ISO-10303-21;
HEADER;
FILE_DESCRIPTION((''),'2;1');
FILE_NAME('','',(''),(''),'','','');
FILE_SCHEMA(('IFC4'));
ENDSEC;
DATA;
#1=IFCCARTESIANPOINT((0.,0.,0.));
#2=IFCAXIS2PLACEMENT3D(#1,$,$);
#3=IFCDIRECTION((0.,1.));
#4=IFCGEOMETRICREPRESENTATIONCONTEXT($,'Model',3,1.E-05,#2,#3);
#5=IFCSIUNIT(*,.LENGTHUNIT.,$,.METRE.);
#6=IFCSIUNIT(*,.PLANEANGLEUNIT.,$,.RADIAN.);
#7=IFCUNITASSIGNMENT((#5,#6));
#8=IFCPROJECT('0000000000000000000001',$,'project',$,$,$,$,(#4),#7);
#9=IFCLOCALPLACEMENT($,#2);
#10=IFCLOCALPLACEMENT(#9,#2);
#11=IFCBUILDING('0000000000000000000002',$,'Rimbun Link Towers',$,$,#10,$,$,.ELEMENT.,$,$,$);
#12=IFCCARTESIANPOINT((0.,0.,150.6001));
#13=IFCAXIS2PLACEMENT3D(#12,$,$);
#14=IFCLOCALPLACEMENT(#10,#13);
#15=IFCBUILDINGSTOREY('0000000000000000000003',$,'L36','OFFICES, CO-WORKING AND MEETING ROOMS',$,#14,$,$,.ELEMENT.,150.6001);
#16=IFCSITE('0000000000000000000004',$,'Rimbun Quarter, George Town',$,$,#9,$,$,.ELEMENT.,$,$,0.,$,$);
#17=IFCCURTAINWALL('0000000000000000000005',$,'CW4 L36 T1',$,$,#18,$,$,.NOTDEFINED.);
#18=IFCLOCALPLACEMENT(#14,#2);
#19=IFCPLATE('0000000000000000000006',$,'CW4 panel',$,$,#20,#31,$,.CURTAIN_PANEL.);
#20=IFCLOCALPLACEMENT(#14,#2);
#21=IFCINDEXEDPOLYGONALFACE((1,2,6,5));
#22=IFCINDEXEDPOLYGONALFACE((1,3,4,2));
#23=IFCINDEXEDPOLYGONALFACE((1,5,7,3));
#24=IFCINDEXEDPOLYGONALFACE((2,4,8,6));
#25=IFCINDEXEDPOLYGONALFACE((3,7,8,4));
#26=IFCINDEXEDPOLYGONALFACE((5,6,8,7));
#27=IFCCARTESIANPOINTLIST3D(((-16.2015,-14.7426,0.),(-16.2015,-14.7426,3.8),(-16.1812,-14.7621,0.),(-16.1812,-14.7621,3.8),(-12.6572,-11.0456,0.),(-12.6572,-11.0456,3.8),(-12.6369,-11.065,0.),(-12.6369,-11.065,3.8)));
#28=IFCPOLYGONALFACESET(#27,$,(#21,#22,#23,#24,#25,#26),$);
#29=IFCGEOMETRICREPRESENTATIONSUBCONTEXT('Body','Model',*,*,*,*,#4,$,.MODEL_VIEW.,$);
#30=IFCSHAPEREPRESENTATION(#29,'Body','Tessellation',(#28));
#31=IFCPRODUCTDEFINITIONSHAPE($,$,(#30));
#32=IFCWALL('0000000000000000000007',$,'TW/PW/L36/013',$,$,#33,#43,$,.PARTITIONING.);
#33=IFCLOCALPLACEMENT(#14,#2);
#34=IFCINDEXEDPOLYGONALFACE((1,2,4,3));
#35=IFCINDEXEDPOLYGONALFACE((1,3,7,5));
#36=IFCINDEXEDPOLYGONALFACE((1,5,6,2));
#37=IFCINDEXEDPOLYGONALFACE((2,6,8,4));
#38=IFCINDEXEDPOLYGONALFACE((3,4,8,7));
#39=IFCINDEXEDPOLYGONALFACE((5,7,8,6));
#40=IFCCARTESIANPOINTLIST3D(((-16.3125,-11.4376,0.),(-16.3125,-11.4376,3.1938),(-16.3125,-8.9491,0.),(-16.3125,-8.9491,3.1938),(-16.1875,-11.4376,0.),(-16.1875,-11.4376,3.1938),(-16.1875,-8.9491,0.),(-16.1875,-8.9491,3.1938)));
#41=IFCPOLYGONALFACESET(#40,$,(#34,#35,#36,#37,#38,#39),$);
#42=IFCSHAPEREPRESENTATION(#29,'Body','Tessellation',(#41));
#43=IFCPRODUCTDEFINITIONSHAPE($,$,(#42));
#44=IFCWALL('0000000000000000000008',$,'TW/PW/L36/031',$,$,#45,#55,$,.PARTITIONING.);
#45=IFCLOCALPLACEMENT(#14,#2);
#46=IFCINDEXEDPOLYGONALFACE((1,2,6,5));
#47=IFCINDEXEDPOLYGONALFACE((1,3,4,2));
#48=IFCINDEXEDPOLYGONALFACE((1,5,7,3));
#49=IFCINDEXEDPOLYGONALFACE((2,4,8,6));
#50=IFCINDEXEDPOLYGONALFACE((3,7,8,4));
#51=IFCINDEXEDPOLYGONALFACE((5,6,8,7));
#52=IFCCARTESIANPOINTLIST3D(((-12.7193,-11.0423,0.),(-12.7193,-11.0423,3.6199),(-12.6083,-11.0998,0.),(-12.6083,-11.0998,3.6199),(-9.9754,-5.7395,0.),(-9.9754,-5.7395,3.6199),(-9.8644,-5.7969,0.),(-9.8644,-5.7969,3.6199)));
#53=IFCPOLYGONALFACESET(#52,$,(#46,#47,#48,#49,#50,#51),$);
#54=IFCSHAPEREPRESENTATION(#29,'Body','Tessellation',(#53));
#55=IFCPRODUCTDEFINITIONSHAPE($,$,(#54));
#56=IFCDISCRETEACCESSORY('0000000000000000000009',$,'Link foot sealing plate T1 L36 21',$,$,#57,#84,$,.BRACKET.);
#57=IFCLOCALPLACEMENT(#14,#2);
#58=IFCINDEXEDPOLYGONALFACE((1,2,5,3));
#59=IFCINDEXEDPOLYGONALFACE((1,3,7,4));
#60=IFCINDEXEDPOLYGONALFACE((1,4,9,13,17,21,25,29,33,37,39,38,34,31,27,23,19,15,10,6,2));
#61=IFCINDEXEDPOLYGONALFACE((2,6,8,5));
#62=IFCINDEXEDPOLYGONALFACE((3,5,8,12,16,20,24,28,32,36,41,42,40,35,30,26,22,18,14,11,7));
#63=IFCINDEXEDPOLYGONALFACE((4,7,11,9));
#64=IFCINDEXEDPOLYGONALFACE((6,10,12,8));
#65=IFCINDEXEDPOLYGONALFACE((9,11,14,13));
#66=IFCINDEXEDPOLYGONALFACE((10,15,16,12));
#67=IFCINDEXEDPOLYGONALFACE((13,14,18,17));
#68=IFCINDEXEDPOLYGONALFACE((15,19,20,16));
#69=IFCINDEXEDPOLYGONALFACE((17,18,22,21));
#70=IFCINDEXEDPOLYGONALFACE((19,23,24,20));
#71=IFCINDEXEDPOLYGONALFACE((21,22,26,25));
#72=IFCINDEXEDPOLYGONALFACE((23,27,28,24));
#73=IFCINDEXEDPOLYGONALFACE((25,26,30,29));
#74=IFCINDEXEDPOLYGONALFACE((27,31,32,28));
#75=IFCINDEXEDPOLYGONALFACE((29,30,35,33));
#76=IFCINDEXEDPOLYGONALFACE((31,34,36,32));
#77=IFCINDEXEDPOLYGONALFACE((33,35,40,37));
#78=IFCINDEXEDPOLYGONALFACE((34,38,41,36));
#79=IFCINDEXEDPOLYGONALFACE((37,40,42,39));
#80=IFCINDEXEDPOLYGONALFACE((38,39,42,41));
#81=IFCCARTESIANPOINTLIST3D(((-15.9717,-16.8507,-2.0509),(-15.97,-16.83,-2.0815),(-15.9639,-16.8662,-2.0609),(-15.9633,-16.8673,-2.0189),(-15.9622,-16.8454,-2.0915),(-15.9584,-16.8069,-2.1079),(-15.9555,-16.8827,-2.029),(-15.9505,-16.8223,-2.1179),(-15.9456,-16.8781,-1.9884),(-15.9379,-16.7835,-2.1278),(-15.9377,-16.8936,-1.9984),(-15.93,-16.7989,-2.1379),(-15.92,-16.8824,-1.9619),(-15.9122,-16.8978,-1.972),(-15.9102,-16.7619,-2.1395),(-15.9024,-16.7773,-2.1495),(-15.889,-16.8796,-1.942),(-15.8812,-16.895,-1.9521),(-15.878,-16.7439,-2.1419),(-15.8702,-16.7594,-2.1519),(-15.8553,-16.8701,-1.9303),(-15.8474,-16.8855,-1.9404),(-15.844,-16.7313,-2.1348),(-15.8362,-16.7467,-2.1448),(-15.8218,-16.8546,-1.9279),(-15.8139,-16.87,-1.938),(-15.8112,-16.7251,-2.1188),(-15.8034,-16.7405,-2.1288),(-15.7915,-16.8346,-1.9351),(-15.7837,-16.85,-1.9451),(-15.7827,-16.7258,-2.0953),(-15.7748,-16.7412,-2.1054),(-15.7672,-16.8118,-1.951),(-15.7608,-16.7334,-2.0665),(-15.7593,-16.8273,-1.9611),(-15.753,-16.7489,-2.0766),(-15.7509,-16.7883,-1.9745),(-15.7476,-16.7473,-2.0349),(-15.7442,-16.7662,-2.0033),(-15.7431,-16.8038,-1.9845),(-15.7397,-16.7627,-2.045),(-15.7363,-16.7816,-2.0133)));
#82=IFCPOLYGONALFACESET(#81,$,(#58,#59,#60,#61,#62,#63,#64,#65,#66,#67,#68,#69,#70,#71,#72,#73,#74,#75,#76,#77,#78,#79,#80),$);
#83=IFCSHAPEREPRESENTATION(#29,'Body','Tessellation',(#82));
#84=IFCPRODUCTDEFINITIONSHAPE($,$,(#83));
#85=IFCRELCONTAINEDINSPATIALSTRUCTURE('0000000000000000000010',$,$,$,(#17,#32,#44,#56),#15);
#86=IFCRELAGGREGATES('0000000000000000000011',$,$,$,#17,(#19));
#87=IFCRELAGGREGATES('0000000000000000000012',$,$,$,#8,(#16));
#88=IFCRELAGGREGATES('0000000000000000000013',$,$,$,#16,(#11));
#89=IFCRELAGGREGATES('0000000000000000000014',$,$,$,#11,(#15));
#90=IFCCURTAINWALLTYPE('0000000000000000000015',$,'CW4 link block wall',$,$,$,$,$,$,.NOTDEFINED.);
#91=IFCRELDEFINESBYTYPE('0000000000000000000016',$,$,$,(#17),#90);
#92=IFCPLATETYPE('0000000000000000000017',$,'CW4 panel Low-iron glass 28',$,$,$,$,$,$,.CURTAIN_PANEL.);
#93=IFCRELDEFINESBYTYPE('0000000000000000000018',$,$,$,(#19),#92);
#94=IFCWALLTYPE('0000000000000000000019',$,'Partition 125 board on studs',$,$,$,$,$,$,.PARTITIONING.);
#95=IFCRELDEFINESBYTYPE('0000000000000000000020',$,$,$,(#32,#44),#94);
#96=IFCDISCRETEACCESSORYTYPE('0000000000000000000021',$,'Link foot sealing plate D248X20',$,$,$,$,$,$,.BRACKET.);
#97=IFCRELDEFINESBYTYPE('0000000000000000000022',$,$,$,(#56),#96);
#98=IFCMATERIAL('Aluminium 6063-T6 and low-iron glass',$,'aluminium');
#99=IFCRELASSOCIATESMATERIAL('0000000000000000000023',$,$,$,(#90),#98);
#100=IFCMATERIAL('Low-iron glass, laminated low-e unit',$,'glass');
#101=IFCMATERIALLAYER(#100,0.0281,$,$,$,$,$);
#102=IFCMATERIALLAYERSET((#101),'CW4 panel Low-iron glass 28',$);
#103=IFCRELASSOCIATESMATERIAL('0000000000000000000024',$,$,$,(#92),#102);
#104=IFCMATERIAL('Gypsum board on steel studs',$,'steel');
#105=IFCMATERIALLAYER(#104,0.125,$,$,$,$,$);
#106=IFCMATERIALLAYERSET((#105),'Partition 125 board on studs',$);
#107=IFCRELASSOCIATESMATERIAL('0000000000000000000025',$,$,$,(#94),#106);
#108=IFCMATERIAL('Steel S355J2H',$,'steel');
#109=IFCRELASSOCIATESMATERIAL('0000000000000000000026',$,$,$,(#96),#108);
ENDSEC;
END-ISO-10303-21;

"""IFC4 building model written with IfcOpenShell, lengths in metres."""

from ifc_helpers import new_model, si_unit, direction, frame, frame_2d, origin, origin_2d, place, context, subcontext, project, spatial, rectangle, circle, extrude, material, layer, layer_set, material_profile, profile_set, type_object, element, aggregate, save


model = new_model("IFC4")

# Units and contexts
model_context = context("Model", 3, precision=1e-05, world=origin(), true_north=direction((0.0, 1.0)))
body_context = subcontext(model_context, "Body", "Model", "MODEL_VIEW")
ifc_project = project(units=[si_unit("LENGTHUNIT", "METRE"), si_unit("PLANEANGLEUNIT", "RADIAN")], contexts=[model_context])

# Site, building, storey
site_placement = place(None, origin())
site = spatial("IfcSite", under=ifc_project, at=site_placement, Name="Rimbun Quarter, George Town", CompositionType="ELEMENT", RefElevation=0.0)
building_placement = place(site_placement, origin())
building = spatial("IfcBuilding", under=site, at=building_placement, Name="Rimbun Link Towers", CompositionType="ELEMENT")
storey_placement = place(building_placement, frame((0.0, 0.0, 150.6001)))
storey = spatial("IfcBuildingStorey", under=building, at=storey_placement, Name="L36", Description="OFFICES, CO-WORKING AND MEETING ROOMS", CompositionType="ELEMENT", Elevation=150.6001)

# Curtain wall
ifc_material_1 = material(Name="Aluminium 6063-T6 and low-iron glass", Category="aluminium")
curtain_wall_type = type_object("IfcCurtainWallType", Name="CW4 link block wall", PredefinedType="NOTDEFINED", material=ifc_material_1)
curtain_wall_placement = place(storey_placement, origin())
curtain_wall = element("IfcCurtainWall", 1, at=curtain_wall_placement, inside=storey, type_object=curtain_wall_type, Name="CW4 L36 T1", PredefinedType="NOTDEFINED")

# Plate
ifc_material_2 = material(Name="Low-iron glass, laminated low-e unit", Category="glass")
ifc_layer_1 = layer(ifc_material_2, 0.0281)
ifc_layer_set_1 = layer_set([ifc_layer_1], Name="CW4 panel Low-iron glass 28")
plate_type = type_object("IfcPlateType", Name="CW4 panel Low-iron glass 28", PredefinedType="CURTAIN_PANEL", material=ifc_layer_set_1)
plate_1_placement = place(storey_placement, frame((-14.4192, -12.9038, 0.0), z_axis=(0.0, 0.0, 1.0), x_axis=(-0.692041, -0.721858, 0.0)))
plate_1 = element("IfcPlate", 2, at=plate_1_placement, type_object=plate_type, Name="CW4 panel", PredefinedType="CURTAIN_PANEL", context=body_context, shape_type="SweptSolid", body=[
    extrude(rectangle(XDim=5.1216, YDim=0.0281, at=origin_2d()), origin(), (0.0, 0.0, 1.0), 3.8),
])
aggregate(curtain_wall, [plate_1])

# Walls
ifc_material_3 = material(Name="Gypsum board on steel studs", Category="steel")
ifc_layer_2 = layer(ifc_material_3, 0.125)
ifc_layer_set_2 = layer_set([ifc_layer_2], Name="Partition 125 board on studs")
wall_type = type_object("IfcWallType", Name="Partition 125 board on studs", PredefinedType="PARTITIONING", material=ifc_layer_set_2)
wall_1_placement = place(storey_placement, frame((-16.25, -11.4375, 0.0), z_axis=(0.0, 0.0, 1.0), x_axis=(0.0, 1.0, 0.0)))
element("IfcWall", 3, at=wall_1_placement, inside=storey, type_object=wall_type, Name="TW/PW/L36/013", PredefinedType="PARTITIONING", context=body_context, shape_type="SweptSolid", body=[
    extrude(rectangle(XDim=2.4885, YDim=0.125, at=frame_2d((1.2441, 0.0))), origin(), (0.0, 0.0, 1.0), 3.1938),
])
wall_2_placement = place(storey_placement, frame((-12.6638, -11.071, 0.0), z_axis=(0.0, 0.0, 1.0), x_axis=(0.459569, 0.888142, 0.0)))
element("IfcWall", 4, at=wall_2_placement, inside=storey, type_object=wall_type, Name="TW/PW/L36/031", PredefinedType="PARTITIONING", context=body_context, shape_type="SweptSolid", body=[
    extrude(rectangle(XDim=5.9707, YDim=0.125, at=frame_2d((2.9854, 0.0))), origin(), (0.0, 0.0, 1.0), 3.6199),
])

# Discrete accessory
ifc_material_4 = material(Name="Steel S355J2H", Category="steel")
ifc_material_profile_1 = material_profile(ifc_material_4, circle(Radius=0.124, at=origin_2d()), Name="PL D248")
ifc_profile_set_1 = profile_set([ifc_material_profile_1], Name="Steel S355J2H")
discrete_accessory_type = type_object("IfcDiscreteAccessoryType", Name="Link foot sealing plate D248X20", PredefinedType="BRACKET", material=ifc_profile_set_1)
discrete_accessory_placement = place(storey_placement, frame((-15.8582, -16.8035, -2.0349), z_axis=(0.391703, -0.771165, -0.501869), x_axis=(0.891579, 0.452865, 0.0)))
element("IfcDiscreteAccessory", 5, at=discrete_accessory_placement, inside=storey, type_object=discrete_accessory_type, Name="Link foot sealing plate T1 L36 21", PredefinedType="BRACKET", context=body_context, shape_type="SweptSolid", body=[
    extrude(circle(Radius=0.124, at=origin_2d()), origin(), (0.0, 0.0, 1.0), 0.02),
])

save(model, "model.ifc")
